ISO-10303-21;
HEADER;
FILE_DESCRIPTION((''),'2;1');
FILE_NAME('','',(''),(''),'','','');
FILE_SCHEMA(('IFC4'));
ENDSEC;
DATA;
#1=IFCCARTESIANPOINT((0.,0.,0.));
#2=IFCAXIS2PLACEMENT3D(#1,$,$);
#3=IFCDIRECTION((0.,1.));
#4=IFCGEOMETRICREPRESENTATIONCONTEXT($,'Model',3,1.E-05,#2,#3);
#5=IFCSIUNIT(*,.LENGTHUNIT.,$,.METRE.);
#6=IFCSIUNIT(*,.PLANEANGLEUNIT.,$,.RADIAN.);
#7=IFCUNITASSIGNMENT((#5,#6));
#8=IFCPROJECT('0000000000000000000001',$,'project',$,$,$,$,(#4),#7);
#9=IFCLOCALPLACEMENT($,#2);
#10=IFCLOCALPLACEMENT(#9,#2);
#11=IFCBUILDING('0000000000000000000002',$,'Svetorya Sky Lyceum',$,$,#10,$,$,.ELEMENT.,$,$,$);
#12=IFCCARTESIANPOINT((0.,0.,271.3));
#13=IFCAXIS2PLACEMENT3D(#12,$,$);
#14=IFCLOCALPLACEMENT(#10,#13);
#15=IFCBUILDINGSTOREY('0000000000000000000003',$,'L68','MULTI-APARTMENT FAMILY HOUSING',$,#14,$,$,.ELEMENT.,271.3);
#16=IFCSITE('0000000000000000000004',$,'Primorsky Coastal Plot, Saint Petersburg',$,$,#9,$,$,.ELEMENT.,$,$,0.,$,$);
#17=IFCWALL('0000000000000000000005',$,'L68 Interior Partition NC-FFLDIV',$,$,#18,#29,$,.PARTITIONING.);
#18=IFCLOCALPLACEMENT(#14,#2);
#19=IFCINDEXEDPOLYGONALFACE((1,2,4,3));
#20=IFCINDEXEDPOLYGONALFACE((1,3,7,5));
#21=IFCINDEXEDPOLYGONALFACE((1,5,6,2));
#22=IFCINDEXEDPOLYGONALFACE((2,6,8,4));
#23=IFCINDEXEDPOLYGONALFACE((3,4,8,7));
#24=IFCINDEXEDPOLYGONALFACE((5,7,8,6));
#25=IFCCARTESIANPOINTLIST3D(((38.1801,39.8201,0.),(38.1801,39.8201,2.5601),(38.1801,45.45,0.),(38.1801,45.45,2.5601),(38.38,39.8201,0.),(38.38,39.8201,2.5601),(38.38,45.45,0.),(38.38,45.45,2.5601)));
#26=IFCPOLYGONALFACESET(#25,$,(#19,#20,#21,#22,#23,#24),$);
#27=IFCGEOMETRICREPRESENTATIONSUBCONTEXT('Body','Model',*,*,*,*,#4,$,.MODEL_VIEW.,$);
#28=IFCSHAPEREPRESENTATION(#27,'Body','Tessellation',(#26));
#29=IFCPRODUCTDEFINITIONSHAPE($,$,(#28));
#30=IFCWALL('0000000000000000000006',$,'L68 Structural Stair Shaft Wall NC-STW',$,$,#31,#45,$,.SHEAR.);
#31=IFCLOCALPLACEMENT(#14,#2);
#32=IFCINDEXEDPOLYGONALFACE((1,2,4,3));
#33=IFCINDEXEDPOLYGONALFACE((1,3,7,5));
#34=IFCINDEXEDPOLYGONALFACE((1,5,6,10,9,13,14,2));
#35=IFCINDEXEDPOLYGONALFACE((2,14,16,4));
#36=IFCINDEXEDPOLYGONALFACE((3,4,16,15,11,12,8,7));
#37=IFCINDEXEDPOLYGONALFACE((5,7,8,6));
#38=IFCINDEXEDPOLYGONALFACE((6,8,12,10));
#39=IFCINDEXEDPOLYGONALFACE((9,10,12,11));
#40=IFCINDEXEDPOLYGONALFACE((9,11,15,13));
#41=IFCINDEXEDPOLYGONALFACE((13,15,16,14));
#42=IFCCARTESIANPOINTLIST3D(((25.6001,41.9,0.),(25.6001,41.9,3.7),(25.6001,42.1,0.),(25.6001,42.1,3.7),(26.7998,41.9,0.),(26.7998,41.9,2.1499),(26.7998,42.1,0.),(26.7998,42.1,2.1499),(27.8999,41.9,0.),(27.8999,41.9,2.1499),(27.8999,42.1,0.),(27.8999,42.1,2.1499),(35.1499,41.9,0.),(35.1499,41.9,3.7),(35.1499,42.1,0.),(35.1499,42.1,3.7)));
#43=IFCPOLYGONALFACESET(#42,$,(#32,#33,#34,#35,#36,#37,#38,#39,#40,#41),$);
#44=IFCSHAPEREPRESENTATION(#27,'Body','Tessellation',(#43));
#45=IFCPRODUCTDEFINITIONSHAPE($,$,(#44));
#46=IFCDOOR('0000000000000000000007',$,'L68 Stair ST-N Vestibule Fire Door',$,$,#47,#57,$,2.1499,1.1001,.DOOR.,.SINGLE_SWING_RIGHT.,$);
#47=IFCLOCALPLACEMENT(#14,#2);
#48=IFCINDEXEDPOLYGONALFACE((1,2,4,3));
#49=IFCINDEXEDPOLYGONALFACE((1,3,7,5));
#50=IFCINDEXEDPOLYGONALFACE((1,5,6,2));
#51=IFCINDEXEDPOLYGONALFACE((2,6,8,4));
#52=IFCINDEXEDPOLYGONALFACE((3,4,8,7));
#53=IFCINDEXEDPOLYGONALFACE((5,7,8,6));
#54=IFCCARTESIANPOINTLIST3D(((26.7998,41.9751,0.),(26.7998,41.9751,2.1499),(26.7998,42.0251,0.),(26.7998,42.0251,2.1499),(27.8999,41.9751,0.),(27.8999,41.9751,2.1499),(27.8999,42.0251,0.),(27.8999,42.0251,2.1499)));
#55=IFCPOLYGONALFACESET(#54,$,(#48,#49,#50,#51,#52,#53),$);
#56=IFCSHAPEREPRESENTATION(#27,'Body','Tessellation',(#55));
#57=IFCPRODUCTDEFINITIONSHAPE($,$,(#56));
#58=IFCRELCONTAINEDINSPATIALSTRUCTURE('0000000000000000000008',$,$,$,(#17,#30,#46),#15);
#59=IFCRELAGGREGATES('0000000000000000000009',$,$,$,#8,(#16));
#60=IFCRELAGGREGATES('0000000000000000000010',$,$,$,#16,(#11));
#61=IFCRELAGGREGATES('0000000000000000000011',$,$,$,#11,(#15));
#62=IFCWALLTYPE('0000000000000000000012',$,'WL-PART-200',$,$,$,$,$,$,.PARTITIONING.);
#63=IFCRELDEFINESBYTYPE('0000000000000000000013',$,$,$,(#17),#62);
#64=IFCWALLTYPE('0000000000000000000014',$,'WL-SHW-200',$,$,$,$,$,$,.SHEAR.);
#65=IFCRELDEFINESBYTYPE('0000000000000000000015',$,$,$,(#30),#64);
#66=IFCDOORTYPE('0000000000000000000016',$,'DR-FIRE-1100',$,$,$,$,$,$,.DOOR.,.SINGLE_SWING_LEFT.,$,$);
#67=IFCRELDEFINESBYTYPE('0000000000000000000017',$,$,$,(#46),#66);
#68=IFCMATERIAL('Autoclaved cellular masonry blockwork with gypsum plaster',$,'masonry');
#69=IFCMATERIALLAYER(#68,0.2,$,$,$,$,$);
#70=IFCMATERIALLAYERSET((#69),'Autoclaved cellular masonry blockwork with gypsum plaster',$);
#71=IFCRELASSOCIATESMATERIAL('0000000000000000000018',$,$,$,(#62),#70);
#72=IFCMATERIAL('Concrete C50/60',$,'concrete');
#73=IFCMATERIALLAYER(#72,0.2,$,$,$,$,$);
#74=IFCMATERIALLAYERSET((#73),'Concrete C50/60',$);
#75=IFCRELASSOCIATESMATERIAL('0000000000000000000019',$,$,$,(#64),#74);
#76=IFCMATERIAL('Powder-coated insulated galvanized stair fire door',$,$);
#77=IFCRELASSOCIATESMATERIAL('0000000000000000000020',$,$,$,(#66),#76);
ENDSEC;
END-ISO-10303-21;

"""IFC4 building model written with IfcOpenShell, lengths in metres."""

from ifc_helpers import new_model, si_unit, direction, frame, frame_2d, origin, place, context, subcontext, project, spatial, rectangle, extrude, material, layer, layer_set, type_object, element, fill, save


model = new_model("IFC4")

# Units and contexts
model_context = context("Model", 3, precision=1e-05, world=origin(), true_north=direction((0.0, 1.0)))
body_context = subcontext(model_context, "Body", "Model", "MODEL_VIEW")
ifc_project = project(units=[si_unit("LENGTHUNIT", "METRE"), si_unit("PLANEANGLEUNIT", "RADIAN")], contexts=[model_context])

# Site, building, storey
site_placement = place(None, origin())
site = spatial("IfcSite", under=ifc_project, at=site_placement, Name="Primorsky Coastal Plot, Saint Petersburg", CompositionType="ELEMENT", RefElevation=0.0)
building_placement = place(site_placement, origin())
building = spatial("IfcBuilding", under=site, at=building_placement, Name="Svetorya Sky Lyceum", CompositionType="ELEMENT")
storey_placement = place(building_placement, frame((0.0, 0.0, 271.3)))
storey = spatial("IfcBuildingStorey", under=building, at=storey_placement, Name="L68", Description="MULTI-APARTMENT FAMILY HOUSING", CompositionType="ELEMENT", Elevation=271.3)

# Shared definitions
ifc_material_1 = material(Name="Autoclaved cellular masonry blockwork with gypsum plaster", Category="masonry")
ifc_layer_1 = layer(ifc_material_1, 0.2)
ifc_layer_set_1 = layer_set([ifc_layer_1], Name="Autoclaved cellular masonry blockwork with gypsum plaster")
wall_type_1 = type_object("IfcWallType", Name="WL-PART-200", PredefinedType="PARTITIONING", material=ifc_layer_set_1)

# Wall
wall_1_placement = place(storey_placement, frame((38.28, 39.8201, 0.0), z_axis=(0.0, 0.0, 1.0), x_axis=(0.0, 1.0, 0.0)))
element("IfcWall", 1, at=wall_1_placement, inside=storey, type_object=wall_type_1, Name="L68 Interior Partition NC-FFLDIV", PredefinedType="PARTITIONING", context=body_context, shape_type="SweptSolid", body=[
    extrude(rectangle(XDim=5.6299, YDim=0.2, at=frame_2d((2.8149, 0.0))), origin(), (0.0, 0.0, 1.0), 2.5601),
])

# Wall, opening, door
ifc_material_2 = material(Name="Concrete C50/60", Category="concrete")
ifc_layer_2 = layer(ifc_material_2, 0.2)
ifc_layer_set_2 = layer_set([ifc_layer_2], Name="Concrete C50/60")
wall_type_2 = type_object("IfcWallType", Name="WL-SHW-200", PredefinedType="SHEAR", material=ifc_layer_set_2)
wall_2_placement = place(storey_placement, frame((35.1499, 42.0, 0.0), z_axis=(0.0, 0.0, 1.0), x_axis=(-1.0, 0.0, 0.0)))
wall_2 = element("IfcWall", 2, at=wall_2_placement, inside=storey, type_object=wall_type_2, Name="L68 Structural Stair Shaft Wall NC-STW", PredefinedType="SHEAR", context=body_context, shape_type="SweptSolid", body=[
    extrude(rectangle(XDim=9.5498, YDim=0.2, at=frame_2d((4.7749, 0.0))), origin(), (0.0, 0.0, 1.0), 3.7),
])
opening_1_placement = place(wall_2_placement, frame((7.25, 0.0, 0.0)))
opening_1 = element("IfcOpeningElement", 3, at=opening_1_placement, cuts=wall_2, PredefinedType="OPENING", context=body_context, shape_type="SweptSolid", body=[
    extrude(rectangle(XDim=1.1001, YDim=2.1499, at=frame_2d((0.55, 1.075))), frame((0.0, 0.1099, 0.0), z_axis=(0.0, -1.0, 0.0), x_axis=(1.0, 0.0, 0.0)), (0.0, 0.0, 1.0), 0.22),
])
ifc_material_3 = material(Name="Powder-coated insulated galvanized stair fire door")
door_type_1 = type_object("IfcDoorType", Name="DR-FIRE-1100", OperationType="SINGLE_SWING_LEFT", PredefinedType="DOOR", material=ifc_material_3)
door_1_placement = place(opening_1_placement, origin())
door_1 = element("IfcDoor", 4, at=door_1_placement, inside=storey, type_object=door_type_1, Name="L68 Stair ST-N Vestibule Fire Door", OperationType="SINGLE_SWING_RIGHT", OverallHeight=2.1499, OverallWidth=1.1001, PredefinedType="DOOR", context=body_context, shape_type="SweptSolid", body=[
    extrude(rectangle(XDim=1.1001, YDim=2.1499, at=frame_2d((0.55, 1.075))), frame((0.0, 0.0249, 0.0), z_axis=(0.0, -1.0, 0.0), x_axis=(1.0, 0.0, 0.0)), (0.0, 0.0, 1.0), 0.05),
])
fill(opening_1, door_1)

save(model, "model.ifc")
